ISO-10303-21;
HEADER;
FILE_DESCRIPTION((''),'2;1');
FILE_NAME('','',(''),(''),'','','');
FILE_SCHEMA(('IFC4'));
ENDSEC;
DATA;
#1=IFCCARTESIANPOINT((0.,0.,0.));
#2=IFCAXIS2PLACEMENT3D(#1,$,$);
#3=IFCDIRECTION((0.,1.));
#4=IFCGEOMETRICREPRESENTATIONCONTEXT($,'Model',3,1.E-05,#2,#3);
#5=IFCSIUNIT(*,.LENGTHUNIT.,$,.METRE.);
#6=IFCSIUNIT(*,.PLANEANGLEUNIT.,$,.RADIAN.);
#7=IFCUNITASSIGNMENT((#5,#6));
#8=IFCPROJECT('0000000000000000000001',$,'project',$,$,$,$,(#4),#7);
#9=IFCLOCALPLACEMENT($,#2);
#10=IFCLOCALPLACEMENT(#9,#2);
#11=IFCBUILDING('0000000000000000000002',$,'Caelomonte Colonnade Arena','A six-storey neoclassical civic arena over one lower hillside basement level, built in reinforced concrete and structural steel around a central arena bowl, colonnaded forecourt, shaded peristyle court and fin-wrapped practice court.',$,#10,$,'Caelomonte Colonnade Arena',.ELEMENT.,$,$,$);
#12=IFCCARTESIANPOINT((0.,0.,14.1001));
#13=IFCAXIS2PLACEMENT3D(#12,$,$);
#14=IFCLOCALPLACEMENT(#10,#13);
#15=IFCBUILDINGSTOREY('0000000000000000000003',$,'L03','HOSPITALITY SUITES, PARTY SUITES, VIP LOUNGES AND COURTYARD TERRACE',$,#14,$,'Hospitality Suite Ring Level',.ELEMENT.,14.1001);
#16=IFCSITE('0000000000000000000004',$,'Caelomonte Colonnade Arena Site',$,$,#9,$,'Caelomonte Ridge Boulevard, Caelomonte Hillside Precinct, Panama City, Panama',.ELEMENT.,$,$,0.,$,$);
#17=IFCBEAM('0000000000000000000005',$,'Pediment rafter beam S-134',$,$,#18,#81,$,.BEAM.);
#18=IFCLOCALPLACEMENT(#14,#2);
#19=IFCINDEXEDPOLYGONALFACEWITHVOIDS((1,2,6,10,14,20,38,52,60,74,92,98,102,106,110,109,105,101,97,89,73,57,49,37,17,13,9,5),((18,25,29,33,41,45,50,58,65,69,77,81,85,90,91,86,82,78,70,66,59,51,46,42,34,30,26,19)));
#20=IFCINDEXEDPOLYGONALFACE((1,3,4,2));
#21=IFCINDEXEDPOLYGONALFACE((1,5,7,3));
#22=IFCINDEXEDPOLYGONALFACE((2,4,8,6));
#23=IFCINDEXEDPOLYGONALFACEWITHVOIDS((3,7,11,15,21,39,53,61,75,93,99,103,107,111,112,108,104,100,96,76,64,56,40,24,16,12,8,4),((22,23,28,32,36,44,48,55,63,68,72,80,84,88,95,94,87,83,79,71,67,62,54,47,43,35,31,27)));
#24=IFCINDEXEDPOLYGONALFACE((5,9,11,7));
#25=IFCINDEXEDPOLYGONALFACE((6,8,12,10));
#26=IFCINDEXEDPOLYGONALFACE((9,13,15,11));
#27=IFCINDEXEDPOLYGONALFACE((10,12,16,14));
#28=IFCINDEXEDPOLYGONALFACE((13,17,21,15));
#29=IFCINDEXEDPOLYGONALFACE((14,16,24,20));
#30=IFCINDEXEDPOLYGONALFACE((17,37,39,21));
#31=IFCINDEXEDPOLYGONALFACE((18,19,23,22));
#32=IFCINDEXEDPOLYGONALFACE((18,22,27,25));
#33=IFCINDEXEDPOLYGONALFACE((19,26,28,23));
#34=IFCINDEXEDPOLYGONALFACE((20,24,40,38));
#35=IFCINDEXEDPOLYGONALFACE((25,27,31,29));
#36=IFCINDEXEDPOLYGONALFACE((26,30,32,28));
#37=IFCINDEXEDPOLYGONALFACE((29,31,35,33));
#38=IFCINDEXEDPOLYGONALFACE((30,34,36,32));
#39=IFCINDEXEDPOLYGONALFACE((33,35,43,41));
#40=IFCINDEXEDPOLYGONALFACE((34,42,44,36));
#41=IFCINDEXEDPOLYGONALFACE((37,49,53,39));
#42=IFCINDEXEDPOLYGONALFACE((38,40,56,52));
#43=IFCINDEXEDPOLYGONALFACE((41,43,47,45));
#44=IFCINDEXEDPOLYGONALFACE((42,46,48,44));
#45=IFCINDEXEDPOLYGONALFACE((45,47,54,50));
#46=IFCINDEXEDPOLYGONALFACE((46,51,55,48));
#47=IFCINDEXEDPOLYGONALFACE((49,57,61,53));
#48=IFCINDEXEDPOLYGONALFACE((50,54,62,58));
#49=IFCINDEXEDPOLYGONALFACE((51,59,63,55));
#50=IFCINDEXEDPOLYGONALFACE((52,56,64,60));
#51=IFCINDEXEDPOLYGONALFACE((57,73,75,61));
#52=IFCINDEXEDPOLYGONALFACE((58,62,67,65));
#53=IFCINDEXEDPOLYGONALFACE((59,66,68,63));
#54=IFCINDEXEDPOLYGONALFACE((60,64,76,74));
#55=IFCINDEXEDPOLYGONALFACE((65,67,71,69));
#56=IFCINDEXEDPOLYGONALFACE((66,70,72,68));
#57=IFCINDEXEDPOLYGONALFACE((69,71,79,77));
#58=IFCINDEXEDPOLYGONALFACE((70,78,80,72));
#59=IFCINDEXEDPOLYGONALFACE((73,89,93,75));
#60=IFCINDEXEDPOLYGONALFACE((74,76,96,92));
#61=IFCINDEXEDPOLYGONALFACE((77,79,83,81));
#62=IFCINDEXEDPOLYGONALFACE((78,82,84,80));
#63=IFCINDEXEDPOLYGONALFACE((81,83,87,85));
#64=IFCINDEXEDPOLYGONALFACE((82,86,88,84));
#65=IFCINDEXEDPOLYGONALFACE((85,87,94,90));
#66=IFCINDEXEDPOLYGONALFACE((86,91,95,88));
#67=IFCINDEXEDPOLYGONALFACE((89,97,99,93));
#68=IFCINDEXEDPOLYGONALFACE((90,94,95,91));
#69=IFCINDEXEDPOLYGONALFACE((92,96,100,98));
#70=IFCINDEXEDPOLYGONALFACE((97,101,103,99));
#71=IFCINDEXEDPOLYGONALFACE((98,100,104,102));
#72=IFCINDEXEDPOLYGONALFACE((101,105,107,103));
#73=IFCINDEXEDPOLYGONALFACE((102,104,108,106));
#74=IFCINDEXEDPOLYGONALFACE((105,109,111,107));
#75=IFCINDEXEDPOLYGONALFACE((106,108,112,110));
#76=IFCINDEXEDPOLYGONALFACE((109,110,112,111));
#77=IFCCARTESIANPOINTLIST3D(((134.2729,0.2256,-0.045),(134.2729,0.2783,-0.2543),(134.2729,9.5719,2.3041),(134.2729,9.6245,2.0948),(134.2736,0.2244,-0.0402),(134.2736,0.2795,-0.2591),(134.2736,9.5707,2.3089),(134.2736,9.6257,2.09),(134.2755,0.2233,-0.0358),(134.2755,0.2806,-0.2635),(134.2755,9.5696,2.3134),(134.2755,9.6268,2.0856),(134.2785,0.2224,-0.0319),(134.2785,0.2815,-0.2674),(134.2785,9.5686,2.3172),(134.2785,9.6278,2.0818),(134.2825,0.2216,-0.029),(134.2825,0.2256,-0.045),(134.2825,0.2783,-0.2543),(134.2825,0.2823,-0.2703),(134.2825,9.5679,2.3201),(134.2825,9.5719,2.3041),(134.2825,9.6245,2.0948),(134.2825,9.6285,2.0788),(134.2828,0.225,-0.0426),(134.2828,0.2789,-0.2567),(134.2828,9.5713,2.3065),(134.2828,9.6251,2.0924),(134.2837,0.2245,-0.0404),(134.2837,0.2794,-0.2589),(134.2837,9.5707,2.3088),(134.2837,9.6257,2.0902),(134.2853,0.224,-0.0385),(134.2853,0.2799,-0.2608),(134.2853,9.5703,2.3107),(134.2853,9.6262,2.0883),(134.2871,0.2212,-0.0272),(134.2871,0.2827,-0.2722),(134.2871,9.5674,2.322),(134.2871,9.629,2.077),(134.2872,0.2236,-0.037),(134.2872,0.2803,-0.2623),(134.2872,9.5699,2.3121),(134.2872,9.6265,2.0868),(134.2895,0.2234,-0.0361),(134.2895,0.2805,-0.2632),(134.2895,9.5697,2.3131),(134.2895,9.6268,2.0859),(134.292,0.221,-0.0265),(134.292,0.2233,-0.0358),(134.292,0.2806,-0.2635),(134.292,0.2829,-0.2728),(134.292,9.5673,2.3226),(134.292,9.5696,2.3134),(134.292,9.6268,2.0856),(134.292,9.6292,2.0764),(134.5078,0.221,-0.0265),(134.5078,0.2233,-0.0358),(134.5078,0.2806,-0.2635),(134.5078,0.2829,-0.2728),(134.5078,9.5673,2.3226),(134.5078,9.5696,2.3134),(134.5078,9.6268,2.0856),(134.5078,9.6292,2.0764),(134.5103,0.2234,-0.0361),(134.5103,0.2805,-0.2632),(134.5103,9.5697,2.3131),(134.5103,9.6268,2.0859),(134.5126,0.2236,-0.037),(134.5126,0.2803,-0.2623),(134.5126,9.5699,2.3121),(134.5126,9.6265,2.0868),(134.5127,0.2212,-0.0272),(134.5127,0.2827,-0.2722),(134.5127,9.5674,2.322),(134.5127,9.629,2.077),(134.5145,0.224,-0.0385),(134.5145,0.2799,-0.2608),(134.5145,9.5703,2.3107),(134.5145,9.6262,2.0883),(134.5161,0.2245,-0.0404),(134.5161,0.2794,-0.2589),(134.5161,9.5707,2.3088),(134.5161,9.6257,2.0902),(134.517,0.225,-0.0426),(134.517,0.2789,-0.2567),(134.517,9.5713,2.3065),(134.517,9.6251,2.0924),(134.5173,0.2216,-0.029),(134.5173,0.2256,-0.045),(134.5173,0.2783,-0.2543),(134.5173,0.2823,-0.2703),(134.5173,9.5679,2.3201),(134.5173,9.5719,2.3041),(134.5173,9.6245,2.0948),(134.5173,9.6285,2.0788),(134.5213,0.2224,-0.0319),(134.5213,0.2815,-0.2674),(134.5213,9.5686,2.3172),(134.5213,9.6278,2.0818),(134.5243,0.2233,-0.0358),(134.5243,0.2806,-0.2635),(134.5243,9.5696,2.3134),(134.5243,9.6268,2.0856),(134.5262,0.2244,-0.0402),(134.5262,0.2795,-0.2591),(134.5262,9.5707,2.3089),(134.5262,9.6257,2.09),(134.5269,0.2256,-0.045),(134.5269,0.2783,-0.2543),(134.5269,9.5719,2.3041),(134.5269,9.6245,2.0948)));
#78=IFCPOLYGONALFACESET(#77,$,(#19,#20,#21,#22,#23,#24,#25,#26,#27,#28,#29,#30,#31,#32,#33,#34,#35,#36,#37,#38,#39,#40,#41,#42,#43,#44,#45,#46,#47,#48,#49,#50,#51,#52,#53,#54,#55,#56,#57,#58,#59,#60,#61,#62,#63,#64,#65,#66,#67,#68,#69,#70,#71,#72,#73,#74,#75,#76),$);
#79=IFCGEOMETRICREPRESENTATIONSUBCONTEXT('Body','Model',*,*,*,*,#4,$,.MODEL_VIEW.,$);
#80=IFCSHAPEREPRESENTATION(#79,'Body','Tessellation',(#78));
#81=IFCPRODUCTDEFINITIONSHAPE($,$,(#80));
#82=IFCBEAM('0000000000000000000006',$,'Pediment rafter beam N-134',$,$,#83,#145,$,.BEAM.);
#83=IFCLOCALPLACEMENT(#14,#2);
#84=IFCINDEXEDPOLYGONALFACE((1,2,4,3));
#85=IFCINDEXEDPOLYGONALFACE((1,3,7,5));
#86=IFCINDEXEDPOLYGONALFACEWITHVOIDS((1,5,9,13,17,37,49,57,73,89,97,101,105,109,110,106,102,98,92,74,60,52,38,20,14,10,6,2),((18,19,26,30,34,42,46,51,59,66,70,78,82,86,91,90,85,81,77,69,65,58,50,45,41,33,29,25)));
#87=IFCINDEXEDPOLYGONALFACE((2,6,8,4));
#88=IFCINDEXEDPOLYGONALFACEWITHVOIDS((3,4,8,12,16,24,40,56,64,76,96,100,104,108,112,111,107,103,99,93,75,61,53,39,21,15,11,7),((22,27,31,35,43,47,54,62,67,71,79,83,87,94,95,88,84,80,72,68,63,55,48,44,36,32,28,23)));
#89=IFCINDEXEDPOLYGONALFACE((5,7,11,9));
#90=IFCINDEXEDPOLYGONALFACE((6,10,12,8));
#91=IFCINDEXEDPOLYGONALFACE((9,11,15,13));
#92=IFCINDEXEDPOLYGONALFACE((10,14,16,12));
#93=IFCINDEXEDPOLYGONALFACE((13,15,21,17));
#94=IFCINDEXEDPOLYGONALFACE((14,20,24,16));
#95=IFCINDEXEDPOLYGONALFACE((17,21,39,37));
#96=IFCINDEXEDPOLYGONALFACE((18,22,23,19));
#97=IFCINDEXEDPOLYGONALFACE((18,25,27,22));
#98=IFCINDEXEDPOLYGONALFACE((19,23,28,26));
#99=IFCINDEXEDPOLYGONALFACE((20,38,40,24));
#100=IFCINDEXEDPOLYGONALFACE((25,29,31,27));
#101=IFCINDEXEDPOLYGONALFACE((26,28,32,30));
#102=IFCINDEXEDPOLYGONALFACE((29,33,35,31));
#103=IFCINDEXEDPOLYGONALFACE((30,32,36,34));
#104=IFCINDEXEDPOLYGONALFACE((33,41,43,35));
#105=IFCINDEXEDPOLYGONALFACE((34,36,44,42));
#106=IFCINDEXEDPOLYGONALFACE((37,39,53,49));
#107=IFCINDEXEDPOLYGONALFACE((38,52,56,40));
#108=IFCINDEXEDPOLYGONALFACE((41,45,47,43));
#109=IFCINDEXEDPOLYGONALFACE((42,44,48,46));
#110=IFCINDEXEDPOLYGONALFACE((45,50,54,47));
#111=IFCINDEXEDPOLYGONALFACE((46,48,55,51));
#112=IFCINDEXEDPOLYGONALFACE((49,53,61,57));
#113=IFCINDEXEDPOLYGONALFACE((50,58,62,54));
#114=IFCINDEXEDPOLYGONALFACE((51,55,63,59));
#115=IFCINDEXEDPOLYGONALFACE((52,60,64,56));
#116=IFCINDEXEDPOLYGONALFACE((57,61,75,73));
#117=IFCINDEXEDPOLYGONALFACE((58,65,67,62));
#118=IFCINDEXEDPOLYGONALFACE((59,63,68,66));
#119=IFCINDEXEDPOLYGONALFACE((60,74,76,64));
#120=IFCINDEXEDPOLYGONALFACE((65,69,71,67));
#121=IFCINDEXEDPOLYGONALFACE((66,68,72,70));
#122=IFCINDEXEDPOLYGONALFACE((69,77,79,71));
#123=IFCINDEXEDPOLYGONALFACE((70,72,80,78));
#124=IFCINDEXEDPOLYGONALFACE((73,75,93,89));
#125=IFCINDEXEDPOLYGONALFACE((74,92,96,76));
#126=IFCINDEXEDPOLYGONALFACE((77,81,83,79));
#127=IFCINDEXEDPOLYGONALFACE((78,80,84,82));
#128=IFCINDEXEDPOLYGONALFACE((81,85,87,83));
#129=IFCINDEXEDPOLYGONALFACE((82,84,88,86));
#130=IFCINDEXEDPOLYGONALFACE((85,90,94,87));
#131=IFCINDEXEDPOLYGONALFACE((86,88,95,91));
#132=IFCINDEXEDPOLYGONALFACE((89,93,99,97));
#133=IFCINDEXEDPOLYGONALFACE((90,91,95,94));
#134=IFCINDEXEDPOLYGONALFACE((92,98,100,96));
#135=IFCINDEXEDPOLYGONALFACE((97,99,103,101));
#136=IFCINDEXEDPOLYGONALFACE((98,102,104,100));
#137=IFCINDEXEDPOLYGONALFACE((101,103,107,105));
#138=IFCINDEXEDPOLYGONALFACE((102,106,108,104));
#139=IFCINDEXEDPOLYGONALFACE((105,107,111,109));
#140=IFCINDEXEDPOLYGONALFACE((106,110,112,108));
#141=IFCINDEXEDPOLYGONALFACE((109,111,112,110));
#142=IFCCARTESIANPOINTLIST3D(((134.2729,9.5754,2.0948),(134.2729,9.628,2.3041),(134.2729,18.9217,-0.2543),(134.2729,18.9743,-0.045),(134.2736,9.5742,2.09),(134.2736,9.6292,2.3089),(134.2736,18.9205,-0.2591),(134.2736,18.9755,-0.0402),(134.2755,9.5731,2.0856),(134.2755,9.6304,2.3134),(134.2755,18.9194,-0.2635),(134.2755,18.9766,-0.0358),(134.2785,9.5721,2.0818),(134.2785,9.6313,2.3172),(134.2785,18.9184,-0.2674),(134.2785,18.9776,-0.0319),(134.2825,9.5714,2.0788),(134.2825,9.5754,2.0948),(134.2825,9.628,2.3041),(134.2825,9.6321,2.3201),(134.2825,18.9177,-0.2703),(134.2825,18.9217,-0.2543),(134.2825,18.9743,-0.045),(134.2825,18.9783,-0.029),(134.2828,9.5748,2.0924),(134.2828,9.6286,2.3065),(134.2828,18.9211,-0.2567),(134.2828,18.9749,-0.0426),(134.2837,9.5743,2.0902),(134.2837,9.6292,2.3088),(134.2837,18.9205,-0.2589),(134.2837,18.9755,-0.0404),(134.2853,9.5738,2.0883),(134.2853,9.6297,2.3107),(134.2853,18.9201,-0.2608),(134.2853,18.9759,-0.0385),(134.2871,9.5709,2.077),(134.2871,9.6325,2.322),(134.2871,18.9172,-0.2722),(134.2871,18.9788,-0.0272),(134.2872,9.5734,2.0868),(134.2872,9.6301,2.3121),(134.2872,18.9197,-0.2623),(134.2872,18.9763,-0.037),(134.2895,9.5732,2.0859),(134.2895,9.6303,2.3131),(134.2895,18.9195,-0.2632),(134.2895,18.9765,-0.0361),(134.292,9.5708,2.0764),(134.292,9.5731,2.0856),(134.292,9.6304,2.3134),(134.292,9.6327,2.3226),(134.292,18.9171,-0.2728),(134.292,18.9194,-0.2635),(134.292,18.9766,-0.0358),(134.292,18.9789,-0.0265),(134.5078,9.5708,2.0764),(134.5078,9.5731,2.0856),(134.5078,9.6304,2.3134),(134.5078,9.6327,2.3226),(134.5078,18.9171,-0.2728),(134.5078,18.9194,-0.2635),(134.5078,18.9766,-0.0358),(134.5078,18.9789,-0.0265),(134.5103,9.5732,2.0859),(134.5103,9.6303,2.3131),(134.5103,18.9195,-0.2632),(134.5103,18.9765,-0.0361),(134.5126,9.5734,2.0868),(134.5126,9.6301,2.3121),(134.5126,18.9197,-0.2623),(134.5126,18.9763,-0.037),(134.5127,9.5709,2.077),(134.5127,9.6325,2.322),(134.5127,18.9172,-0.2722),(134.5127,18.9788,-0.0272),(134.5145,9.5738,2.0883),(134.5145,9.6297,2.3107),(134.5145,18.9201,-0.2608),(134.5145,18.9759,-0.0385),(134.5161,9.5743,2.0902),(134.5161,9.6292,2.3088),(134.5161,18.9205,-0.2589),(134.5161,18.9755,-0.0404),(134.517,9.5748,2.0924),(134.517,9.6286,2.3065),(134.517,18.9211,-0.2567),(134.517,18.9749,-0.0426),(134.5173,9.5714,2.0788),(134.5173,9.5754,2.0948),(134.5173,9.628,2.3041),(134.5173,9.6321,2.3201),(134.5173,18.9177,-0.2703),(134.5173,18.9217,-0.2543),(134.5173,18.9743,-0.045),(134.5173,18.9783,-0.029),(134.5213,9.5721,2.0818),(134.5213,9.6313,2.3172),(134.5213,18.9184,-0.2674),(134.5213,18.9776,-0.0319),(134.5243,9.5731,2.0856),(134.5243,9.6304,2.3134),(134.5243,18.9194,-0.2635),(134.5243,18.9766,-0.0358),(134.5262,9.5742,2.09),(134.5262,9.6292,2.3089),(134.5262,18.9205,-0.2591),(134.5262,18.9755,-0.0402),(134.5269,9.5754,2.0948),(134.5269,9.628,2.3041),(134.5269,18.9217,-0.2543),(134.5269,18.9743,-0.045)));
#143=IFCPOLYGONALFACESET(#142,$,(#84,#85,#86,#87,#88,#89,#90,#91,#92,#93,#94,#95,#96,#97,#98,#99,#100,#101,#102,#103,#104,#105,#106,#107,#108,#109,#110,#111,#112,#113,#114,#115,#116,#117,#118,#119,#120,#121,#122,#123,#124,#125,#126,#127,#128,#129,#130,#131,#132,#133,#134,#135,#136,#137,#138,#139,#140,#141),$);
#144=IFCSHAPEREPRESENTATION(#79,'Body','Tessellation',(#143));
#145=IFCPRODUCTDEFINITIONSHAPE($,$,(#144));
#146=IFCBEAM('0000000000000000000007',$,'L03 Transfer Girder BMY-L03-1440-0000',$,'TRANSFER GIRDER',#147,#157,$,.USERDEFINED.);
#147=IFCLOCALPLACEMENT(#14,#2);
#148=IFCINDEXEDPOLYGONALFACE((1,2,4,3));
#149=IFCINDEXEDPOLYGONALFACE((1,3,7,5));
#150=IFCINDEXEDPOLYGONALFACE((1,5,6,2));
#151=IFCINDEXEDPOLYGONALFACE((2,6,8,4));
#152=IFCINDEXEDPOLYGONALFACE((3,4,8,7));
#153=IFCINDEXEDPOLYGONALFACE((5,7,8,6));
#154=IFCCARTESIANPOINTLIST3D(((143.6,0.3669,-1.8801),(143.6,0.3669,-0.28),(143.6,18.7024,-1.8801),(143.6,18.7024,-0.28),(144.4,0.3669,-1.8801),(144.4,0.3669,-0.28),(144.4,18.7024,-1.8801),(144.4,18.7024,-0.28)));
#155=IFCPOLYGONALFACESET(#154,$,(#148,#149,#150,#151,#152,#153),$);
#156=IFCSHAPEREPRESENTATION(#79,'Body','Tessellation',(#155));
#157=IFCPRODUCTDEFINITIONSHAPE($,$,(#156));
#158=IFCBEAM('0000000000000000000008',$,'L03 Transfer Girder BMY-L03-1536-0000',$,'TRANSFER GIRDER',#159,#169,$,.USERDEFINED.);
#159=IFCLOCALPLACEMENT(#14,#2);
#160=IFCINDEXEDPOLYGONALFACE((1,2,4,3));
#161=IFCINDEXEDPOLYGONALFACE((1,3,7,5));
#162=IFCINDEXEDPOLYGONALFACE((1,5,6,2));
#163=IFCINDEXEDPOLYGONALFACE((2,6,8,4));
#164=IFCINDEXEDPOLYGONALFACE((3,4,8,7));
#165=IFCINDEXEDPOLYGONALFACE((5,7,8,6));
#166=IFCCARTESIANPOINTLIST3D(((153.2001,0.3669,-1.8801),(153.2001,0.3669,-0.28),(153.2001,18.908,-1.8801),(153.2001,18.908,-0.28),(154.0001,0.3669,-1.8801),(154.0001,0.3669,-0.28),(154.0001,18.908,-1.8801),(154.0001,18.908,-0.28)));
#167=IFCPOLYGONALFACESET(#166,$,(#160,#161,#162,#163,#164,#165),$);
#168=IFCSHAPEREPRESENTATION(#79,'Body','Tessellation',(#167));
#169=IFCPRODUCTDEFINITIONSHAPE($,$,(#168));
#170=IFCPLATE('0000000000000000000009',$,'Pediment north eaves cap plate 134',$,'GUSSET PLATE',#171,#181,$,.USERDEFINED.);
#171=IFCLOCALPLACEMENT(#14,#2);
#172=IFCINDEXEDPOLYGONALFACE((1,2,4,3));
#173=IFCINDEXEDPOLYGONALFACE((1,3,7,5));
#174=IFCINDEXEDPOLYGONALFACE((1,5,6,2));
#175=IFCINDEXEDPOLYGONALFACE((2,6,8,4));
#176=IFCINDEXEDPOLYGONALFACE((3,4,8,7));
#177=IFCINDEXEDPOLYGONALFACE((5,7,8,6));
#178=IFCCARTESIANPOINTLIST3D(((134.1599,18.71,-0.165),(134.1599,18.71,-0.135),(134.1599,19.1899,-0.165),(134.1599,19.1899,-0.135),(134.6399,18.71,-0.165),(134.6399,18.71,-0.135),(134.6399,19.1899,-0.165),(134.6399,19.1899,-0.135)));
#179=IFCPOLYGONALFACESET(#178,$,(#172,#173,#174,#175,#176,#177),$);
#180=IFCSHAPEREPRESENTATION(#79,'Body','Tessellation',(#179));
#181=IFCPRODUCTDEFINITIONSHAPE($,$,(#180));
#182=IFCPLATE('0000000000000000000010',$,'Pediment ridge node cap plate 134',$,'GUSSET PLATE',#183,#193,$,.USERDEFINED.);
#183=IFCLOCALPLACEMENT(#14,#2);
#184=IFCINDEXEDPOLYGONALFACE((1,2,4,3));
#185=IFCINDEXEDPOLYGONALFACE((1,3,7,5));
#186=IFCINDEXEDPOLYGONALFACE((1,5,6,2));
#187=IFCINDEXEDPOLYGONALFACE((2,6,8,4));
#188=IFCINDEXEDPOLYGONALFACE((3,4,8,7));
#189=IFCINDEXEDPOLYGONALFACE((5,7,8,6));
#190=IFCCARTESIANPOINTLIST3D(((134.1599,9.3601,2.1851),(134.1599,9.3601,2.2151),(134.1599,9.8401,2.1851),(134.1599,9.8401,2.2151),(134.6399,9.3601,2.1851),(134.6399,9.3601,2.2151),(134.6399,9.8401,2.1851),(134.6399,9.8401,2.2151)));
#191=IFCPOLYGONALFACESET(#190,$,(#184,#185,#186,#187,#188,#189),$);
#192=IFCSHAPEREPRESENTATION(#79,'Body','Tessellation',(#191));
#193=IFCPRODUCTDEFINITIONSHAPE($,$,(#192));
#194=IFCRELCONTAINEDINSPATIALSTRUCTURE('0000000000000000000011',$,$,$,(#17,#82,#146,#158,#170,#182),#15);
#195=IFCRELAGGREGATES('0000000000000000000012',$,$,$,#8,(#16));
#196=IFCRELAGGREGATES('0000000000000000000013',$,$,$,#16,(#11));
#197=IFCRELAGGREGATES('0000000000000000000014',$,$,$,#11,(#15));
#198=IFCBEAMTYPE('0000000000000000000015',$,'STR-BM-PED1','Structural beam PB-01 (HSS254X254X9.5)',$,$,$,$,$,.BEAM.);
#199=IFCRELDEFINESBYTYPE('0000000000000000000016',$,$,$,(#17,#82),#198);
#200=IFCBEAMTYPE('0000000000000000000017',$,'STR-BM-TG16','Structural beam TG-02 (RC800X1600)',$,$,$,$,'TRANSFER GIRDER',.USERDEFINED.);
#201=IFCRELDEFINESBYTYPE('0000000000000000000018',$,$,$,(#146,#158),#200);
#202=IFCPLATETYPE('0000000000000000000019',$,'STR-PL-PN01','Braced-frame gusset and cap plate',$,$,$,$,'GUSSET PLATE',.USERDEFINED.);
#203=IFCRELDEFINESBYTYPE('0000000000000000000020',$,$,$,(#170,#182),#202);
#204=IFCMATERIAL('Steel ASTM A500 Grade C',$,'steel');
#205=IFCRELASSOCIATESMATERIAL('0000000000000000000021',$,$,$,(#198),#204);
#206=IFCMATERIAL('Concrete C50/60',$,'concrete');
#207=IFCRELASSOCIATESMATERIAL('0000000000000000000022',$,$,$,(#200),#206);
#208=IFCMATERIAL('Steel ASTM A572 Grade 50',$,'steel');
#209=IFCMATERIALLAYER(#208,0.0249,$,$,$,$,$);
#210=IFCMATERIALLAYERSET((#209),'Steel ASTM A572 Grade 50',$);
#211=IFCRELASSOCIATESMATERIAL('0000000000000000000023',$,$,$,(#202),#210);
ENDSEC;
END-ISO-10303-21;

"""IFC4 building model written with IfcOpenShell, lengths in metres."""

from ifc_helpers import new_model, si_unit, direction, frame, origin, origin_2d, place, context, subcontext, project, spatial, rectangle, hollow_rectangle, extrude, material, layer, layer_set, material_profile, profile_set, type_object, element, save


model = new_model("IFC4")

# Units and contexts
model_context = context("Model", 3, precision=1e-05, world=origin(), true_north=direction((0.0, 1.0)))
body_context = subcontext(model_context, "Body", "Model", "MODEL_VIEW")
ifc_project = project(units=[si_unit("LENGTHUNIT", "METRE"), si_unit("PLANEANGLEUNIT", "RADIAN")], contexts=[model_context])

# Site, building, storey
site_placement = place(None, origin())
site = spatial("IfcSite", under=ifc_project, at=site_placement, Name="Caelomonte Colonnade Arena Site", LongName="Caelomonte Ridge Boulevard, Caelomonte Hillside Precinct, Panama City, Panama", CompositionType="ELEMENT", RefElevation=0.0)
building_placement = place(site_placement, origin())
building = spatial("IfcBuilding", under=site, at=building_placement, Name="Caelomonte Colonnade Arena", Description="A six-storey neoclassical civic arena over one lower hillside basement level, built in reinforced concrete and structural steel around a central arena bowl, colonnaded forecourt, shaded peristyle court and fin-wrapped practice court.", LongName="Caelomonte Colonnade Arena", CompositionType="ELEMENT")
storey_placement = place(building_placement, frame((0.0, 0.0, 14.1001)))
storey = spatial("IfcBuildingStorey", under=building, at=storey_placement, Name="L03", Description="HOSPITALITY SUITES, PARTY SUITES, VIP LOUNGES AND COURTYARD TERRACE", LongName="Hospitality Suite Ring Level", CompositionType="ELEMENT", Elevation=14.1001)

# Beams
ifc_material_1 = material(Name="Steel ASTM A500 Grade C", Category="steel")
ifc_material_profile_1 = material_profile(ifc_material_1, hollow_rectangle(XDim=0.2539, YDim=0.2539, WallThickness=0.0095, InnerFilletRadius=0.0095, OuterFilletRadius=0.019, at=origin_2d()), Name="HSS254X254X9.5")
ifc_profile_set_1 = profile_set([ifc_material_profile_1], Name="Steel ASTM A500 Grade C")
beam_type_1 = type_object("IfcBeamType", Name="STR-BM-PED1", Description="Structural beam PB-01 (HSS254X254X9.5)", PredefinedType="BEAM", material=ifc_profile_set_1)
for number, where, z_axis, x_axis, name in (
    (1, (134.3999, 0.252, -0.1497), (0.0, 0.969835, 0.243763), (-1.0, 0.0, 0.0), "Pediment rafter beam S-134"),
    (2, (134.3999, 18.948, -0.1497), (0.0, -0.969835, 0.243763), (1.0, 0.0, 0.0), "Pediment rafter beam N-134"),
):
    element("IfcBeam", number, at=place(storey_placement, frame(where, z_axis=z_axis, x_axis=x_axis)), inside=storey, type_object=beam_type_1, Name=name, PredefinedType="BEAM", context=body_context, shape_type="SweptSolid", body=[
        extrude(hollow_rectangle(XDim=0.2539, YDim=0.2539, WallThickness=0.0095, InnerFilletRadius=0.0095, OuterFilletRadius=0.019, at=origin_2d()), origin(), (0.0, 0.0, 1.0), 9.637),
    ])
ifc_material_2 = material(Name="Concrete C50/60", Category="concrete")
ifc_material_profile_2 = material_profile(ifc_material_2, rectangle(XDim=0.8, YDim=1.6001, at=origin_2d()), Name="RC800X1600")
ifc_profile_set_2 = profile_set([ifc_material_profile_2], Name="Concrete C50/60")
beam_type_2 = type_object("IfcBeamType", Name="STR-BM-TG16", Description="Structural beam TG-02 (RC800X1600)", ElementType="TRANSFER GIRDER", PredefinedType="USERDEFINED", material=ifc_profile_set_2)
beam_1_placement = place(storey_placement, frame((144.0, 0.3669, -1.0801), z_axis=(0.0, 1.0, 0.0), x_axis=(-1.0, 0.0, 0.0)))
element("IfcBeam", 3, at=beam_1_placement, inside=storey, type_object=beam_type_2, Name="L03 Transfer Girder BMY-L03-1440-0000", ObjectType="TRANSFER GIRDER", PredefinedType="USERDEFINED", context=body_context, shape_type="SweptSolid", body=[
    extrude(rectangle(XDim=0.8, YDim=1.6001, at=origin_2d()), origin(), (0.0, 0.0, 1.0), 18.3354),
])
beam_2_placement = place(storey_placement, frame((153.6001, 0.3669, -1.0801), z_axis=(0.0, 1.0, 0.0), x_axis=(-1.0, 0.0, 0.0)))
element("IfcBeam", 4, at=beam_2_placement, inside=storey, type_object=beam_type_2, Name="L03 Transfer Girder BMY-L03-1536-0000", ObjectType="TRANSFER GIRDER", PredefinedType="USERDEFINED", context=body_context, shape_type="SweptSolid", body=[
    extrude(rectangle(XDim=0.8, YDim=1.6001, at=origin_2d()), origin(), (0.0, 0.0, 1.0), 18.541),
])

# Plates
ifc_material_3 = material(Name="Steel ASTM A572 Grade 50", Category="steel")
ifc_layer_1 = layer(ifc_material_3, 0.0249)
ifc_layer_set_1 = layer_set([ifc_layer_1], Name="Steel ASTM A572 Grade 50")
plate_type = type_object("IfcPlateType", Name="STR-PL-PN01", Description="Braced-frame gusset and cap plate", ElementType="GUSSET PLATE", PredefinedType="USERDEFINED", material=ifc_layer_set_1)
for number, where, z_axis, x_axis, name in (
    (5, (134.3999, 18.95, -0.165), (0.0, 0.0, 1.0), (1.0, 0.0, 0.0), "Pediment north eaves cap plate 134"),
    (6, (134.3999, 9.6001, 2.1851), (0.0, 0.0, 1.0), (1.0, 0.0, 0.0), "Pediment ridge node cap plate 134"),
):
    element("IfcPlate", number, at=place(storey_placement, frame(where, z_axis=z_axis, x_axis=x_axis)), inside=storey, type_object=plate_type, Name=name, ObjectType="GUSSET PLATE", PredefinedType="USERDEFINED", context=body_context, shape_type="SweptSolid", body=[
        extrude(rectangle(XDim=0.48, YDim=0.48, at=origin_2d()), origin(), (0.0, 0.0, 1.0), 0.03),
    ])

save(model, "model.ifc")
